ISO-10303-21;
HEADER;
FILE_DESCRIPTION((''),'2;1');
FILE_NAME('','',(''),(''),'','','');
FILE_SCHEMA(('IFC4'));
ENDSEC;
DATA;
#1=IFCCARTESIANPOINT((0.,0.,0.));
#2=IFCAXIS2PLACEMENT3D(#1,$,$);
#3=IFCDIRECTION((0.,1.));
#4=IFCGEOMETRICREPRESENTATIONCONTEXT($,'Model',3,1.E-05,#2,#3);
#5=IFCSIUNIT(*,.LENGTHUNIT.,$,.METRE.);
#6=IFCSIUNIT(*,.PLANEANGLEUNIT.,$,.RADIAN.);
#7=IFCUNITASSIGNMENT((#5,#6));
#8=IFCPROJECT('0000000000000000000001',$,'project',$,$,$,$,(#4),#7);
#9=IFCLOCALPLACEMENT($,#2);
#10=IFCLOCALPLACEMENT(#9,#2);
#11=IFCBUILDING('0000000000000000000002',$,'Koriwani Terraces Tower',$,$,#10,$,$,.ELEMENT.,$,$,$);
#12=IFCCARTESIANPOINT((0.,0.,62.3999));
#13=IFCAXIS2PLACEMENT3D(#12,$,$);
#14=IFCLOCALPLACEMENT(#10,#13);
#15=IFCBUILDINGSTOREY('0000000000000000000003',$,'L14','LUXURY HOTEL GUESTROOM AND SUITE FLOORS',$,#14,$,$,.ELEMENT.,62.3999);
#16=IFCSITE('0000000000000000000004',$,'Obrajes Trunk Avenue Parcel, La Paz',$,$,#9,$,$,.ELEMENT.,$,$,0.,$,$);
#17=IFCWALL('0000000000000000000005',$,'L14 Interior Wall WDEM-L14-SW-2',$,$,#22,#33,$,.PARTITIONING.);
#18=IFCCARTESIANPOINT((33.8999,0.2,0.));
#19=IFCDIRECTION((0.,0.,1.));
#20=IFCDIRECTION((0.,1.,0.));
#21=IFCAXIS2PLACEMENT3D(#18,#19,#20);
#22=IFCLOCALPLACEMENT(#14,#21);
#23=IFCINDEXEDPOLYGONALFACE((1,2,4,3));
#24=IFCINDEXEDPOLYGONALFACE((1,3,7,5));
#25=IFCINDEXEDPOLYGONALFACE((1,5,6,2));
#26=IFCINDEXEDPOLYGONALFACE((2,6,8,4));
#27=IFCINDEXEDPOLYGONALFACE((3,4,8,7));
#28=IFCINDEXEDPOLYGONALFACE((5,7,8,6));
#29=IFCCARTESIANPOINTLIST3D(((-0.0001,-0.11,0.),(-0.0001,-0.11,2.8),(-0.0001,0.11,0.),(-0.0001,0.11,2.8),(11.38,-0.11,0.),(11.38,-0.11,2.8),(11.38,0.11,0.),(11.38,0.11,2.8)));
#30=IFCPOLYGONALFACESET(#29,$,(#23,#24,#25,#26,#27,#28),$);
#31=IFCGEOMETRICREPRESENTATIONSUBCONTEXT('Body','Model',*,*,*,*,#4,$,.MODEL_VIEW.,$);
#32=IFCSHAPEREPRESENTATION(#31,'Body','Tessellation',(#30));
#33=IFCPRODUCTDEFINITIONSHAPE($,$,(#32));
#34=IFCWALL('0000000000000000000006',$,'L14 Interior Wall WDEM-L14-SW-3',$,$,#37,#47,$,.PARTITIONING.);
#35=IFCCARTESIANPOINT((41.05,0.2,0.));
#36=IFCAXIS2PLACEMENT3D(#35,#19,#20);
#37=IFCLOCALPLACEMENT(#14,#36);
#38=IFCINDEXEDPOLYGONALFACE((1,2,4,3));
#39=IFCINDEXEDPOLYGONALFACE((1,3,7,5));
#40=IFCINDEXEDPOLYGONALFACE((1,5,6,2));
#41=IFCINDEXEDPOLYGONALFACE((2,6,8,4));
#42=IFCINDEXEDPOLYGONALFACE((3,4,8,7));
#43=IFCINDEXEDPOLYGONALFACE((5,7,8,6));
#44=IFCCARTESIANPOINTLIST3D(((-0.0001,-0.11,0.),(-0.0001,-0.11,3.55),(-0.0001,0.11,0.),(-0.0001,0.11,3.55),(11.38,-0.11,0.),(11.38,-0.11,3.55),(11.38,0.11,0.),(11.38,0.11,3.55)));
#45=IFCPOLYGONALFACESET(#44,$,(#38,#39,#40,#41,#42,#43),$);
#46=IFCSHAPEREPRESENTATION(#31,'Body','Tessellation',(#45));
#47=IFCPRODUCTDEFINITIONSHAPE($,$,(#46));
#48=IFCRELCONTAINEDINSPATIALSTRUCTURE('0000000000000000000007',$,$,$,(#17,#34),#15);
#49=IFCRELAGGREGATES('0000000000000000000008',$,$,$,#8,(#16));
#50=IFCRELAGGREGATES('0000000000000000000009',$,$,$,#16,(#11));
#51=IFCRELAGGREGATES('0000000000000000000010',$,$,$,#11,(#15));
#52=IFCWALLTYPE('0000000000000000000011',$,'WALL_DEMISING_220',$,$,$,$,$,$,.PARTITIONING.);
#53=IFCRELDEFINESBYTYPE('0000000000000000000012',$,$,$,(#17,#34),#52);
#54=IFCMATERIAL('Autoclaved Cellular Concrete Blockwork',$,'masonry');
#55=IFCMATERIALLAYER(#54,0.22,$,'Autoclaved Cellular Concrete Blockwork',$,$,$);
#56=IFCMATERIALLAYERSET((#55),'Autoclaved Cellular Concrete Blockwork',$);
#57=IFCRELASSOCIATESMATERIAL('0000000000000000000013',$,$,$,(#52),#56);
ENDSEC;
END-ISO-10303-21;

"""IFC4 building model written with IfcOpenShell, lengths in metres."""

from ifc_helpers import new_model, si_unit, direction, frame, frame_2d, origin, place, context, subcontext, project, spatial, rectangle, extrude, material, layer, layer_set, type_object, element, save


model = new_model("IFC4")

# Units and contexts
model_context = context("Model", 3, precision=1e-05, world=origin(), true_north=direction((0.0, 1.0)))
body_context = subcontext(model_context, "Body", "Model", "MODEL_VIEW")
ifc_project = project(units=[si_unit("LENGTHUNIT", "METRE"), si_unit("PLANEANGLEUNIT", "RADIAN")], contexts=[model_context])

# Site, building, storey
site_placement = place(None, origin())
site = spatial("IfcSite", under=ifc_project, at=site_placement, Name="Obrajes Trunk Avenue Parcel, La Paz", CompositionType="ELEMENT", RefElevation=0.0)
building_placement = place(site_placement, origin())
building = spatial("IfcBuilding", under=site, at=building_placement, Name="Koriwani Terraces Tower", CompositionType="ELEMENT")
storey_placement = place(building_placement, frame((0.0, 0.0, 62.3999)))
storey = spatial("IfcBuildingStorey", under=building, at=storey_placement, Name="L14", Description="LUXURY HOTEL GUESTROOM AND SUITE FLOORS", CompositionType="ELEMENT", Elevation=62.3999)

# Walls
ifc_material_1 = material(Name="Autoclaved Cellular Concrete Blockwork", Category="masonry")
ifc_layer_1 = layer(ifc_material_1, 0.22, Name="Autoclaved Cellular Concrete Blockwork")
ifc_layer_set_1 = layer_set([ifc_layer_1], Name="Autoclaved Cellular Concrete Blockwork")
wall_type_1 = type_object("IfcWallType", Name="WALL_DEMISING_220", PredefinedType="PARTITIONING", material=ifc_layer_set_1)
wall_1_placement = place(storey_placement, frame((33.8999, 0.2, 0.0), z_axis=(0.0, 0.0, 1.0), x_axis=(0.0, 1.0, 0.0)))
element("IfcWall", 1, at=wall_1_placement, inside=storey, type_object=wall_type_1, Name="L14 Interior Wall WDEM-L14-SW-2", PredefinedType="PARTITIONING", context=body_context, shape_type="SweptSolid", body=[
    extrude(rectangle(XDim=11.3801, YDim=0.22, at=frame_2d((5.6899, 0.0))), origin(), (0.0, 0.0, 1.0), 2.8),
])
wall_2_placement = place(storey_placement, frame((41.05, 0.2, 0.0), z_axis=(0.0, 0.0, 1.0), x_axis=(0.0, 1.0, 0.0)))
element("IfcWall", 2, at=wall_2_placement, inside=storey, type_object=wall_type_1, Name="L14 Interior Wall WDEM-L14-SW-3", PredefinedType="PARTITIONING", context=body_context, shape_type="SweptSolid", body=[
    extrude(rectangle(XDim=11.3801, YDim=0.22, at=frame_2d((5.6899, 0.0))), origin(), (0.0, 0.0, 1.0), 3.55),
])

save(model, "model.ifc")
